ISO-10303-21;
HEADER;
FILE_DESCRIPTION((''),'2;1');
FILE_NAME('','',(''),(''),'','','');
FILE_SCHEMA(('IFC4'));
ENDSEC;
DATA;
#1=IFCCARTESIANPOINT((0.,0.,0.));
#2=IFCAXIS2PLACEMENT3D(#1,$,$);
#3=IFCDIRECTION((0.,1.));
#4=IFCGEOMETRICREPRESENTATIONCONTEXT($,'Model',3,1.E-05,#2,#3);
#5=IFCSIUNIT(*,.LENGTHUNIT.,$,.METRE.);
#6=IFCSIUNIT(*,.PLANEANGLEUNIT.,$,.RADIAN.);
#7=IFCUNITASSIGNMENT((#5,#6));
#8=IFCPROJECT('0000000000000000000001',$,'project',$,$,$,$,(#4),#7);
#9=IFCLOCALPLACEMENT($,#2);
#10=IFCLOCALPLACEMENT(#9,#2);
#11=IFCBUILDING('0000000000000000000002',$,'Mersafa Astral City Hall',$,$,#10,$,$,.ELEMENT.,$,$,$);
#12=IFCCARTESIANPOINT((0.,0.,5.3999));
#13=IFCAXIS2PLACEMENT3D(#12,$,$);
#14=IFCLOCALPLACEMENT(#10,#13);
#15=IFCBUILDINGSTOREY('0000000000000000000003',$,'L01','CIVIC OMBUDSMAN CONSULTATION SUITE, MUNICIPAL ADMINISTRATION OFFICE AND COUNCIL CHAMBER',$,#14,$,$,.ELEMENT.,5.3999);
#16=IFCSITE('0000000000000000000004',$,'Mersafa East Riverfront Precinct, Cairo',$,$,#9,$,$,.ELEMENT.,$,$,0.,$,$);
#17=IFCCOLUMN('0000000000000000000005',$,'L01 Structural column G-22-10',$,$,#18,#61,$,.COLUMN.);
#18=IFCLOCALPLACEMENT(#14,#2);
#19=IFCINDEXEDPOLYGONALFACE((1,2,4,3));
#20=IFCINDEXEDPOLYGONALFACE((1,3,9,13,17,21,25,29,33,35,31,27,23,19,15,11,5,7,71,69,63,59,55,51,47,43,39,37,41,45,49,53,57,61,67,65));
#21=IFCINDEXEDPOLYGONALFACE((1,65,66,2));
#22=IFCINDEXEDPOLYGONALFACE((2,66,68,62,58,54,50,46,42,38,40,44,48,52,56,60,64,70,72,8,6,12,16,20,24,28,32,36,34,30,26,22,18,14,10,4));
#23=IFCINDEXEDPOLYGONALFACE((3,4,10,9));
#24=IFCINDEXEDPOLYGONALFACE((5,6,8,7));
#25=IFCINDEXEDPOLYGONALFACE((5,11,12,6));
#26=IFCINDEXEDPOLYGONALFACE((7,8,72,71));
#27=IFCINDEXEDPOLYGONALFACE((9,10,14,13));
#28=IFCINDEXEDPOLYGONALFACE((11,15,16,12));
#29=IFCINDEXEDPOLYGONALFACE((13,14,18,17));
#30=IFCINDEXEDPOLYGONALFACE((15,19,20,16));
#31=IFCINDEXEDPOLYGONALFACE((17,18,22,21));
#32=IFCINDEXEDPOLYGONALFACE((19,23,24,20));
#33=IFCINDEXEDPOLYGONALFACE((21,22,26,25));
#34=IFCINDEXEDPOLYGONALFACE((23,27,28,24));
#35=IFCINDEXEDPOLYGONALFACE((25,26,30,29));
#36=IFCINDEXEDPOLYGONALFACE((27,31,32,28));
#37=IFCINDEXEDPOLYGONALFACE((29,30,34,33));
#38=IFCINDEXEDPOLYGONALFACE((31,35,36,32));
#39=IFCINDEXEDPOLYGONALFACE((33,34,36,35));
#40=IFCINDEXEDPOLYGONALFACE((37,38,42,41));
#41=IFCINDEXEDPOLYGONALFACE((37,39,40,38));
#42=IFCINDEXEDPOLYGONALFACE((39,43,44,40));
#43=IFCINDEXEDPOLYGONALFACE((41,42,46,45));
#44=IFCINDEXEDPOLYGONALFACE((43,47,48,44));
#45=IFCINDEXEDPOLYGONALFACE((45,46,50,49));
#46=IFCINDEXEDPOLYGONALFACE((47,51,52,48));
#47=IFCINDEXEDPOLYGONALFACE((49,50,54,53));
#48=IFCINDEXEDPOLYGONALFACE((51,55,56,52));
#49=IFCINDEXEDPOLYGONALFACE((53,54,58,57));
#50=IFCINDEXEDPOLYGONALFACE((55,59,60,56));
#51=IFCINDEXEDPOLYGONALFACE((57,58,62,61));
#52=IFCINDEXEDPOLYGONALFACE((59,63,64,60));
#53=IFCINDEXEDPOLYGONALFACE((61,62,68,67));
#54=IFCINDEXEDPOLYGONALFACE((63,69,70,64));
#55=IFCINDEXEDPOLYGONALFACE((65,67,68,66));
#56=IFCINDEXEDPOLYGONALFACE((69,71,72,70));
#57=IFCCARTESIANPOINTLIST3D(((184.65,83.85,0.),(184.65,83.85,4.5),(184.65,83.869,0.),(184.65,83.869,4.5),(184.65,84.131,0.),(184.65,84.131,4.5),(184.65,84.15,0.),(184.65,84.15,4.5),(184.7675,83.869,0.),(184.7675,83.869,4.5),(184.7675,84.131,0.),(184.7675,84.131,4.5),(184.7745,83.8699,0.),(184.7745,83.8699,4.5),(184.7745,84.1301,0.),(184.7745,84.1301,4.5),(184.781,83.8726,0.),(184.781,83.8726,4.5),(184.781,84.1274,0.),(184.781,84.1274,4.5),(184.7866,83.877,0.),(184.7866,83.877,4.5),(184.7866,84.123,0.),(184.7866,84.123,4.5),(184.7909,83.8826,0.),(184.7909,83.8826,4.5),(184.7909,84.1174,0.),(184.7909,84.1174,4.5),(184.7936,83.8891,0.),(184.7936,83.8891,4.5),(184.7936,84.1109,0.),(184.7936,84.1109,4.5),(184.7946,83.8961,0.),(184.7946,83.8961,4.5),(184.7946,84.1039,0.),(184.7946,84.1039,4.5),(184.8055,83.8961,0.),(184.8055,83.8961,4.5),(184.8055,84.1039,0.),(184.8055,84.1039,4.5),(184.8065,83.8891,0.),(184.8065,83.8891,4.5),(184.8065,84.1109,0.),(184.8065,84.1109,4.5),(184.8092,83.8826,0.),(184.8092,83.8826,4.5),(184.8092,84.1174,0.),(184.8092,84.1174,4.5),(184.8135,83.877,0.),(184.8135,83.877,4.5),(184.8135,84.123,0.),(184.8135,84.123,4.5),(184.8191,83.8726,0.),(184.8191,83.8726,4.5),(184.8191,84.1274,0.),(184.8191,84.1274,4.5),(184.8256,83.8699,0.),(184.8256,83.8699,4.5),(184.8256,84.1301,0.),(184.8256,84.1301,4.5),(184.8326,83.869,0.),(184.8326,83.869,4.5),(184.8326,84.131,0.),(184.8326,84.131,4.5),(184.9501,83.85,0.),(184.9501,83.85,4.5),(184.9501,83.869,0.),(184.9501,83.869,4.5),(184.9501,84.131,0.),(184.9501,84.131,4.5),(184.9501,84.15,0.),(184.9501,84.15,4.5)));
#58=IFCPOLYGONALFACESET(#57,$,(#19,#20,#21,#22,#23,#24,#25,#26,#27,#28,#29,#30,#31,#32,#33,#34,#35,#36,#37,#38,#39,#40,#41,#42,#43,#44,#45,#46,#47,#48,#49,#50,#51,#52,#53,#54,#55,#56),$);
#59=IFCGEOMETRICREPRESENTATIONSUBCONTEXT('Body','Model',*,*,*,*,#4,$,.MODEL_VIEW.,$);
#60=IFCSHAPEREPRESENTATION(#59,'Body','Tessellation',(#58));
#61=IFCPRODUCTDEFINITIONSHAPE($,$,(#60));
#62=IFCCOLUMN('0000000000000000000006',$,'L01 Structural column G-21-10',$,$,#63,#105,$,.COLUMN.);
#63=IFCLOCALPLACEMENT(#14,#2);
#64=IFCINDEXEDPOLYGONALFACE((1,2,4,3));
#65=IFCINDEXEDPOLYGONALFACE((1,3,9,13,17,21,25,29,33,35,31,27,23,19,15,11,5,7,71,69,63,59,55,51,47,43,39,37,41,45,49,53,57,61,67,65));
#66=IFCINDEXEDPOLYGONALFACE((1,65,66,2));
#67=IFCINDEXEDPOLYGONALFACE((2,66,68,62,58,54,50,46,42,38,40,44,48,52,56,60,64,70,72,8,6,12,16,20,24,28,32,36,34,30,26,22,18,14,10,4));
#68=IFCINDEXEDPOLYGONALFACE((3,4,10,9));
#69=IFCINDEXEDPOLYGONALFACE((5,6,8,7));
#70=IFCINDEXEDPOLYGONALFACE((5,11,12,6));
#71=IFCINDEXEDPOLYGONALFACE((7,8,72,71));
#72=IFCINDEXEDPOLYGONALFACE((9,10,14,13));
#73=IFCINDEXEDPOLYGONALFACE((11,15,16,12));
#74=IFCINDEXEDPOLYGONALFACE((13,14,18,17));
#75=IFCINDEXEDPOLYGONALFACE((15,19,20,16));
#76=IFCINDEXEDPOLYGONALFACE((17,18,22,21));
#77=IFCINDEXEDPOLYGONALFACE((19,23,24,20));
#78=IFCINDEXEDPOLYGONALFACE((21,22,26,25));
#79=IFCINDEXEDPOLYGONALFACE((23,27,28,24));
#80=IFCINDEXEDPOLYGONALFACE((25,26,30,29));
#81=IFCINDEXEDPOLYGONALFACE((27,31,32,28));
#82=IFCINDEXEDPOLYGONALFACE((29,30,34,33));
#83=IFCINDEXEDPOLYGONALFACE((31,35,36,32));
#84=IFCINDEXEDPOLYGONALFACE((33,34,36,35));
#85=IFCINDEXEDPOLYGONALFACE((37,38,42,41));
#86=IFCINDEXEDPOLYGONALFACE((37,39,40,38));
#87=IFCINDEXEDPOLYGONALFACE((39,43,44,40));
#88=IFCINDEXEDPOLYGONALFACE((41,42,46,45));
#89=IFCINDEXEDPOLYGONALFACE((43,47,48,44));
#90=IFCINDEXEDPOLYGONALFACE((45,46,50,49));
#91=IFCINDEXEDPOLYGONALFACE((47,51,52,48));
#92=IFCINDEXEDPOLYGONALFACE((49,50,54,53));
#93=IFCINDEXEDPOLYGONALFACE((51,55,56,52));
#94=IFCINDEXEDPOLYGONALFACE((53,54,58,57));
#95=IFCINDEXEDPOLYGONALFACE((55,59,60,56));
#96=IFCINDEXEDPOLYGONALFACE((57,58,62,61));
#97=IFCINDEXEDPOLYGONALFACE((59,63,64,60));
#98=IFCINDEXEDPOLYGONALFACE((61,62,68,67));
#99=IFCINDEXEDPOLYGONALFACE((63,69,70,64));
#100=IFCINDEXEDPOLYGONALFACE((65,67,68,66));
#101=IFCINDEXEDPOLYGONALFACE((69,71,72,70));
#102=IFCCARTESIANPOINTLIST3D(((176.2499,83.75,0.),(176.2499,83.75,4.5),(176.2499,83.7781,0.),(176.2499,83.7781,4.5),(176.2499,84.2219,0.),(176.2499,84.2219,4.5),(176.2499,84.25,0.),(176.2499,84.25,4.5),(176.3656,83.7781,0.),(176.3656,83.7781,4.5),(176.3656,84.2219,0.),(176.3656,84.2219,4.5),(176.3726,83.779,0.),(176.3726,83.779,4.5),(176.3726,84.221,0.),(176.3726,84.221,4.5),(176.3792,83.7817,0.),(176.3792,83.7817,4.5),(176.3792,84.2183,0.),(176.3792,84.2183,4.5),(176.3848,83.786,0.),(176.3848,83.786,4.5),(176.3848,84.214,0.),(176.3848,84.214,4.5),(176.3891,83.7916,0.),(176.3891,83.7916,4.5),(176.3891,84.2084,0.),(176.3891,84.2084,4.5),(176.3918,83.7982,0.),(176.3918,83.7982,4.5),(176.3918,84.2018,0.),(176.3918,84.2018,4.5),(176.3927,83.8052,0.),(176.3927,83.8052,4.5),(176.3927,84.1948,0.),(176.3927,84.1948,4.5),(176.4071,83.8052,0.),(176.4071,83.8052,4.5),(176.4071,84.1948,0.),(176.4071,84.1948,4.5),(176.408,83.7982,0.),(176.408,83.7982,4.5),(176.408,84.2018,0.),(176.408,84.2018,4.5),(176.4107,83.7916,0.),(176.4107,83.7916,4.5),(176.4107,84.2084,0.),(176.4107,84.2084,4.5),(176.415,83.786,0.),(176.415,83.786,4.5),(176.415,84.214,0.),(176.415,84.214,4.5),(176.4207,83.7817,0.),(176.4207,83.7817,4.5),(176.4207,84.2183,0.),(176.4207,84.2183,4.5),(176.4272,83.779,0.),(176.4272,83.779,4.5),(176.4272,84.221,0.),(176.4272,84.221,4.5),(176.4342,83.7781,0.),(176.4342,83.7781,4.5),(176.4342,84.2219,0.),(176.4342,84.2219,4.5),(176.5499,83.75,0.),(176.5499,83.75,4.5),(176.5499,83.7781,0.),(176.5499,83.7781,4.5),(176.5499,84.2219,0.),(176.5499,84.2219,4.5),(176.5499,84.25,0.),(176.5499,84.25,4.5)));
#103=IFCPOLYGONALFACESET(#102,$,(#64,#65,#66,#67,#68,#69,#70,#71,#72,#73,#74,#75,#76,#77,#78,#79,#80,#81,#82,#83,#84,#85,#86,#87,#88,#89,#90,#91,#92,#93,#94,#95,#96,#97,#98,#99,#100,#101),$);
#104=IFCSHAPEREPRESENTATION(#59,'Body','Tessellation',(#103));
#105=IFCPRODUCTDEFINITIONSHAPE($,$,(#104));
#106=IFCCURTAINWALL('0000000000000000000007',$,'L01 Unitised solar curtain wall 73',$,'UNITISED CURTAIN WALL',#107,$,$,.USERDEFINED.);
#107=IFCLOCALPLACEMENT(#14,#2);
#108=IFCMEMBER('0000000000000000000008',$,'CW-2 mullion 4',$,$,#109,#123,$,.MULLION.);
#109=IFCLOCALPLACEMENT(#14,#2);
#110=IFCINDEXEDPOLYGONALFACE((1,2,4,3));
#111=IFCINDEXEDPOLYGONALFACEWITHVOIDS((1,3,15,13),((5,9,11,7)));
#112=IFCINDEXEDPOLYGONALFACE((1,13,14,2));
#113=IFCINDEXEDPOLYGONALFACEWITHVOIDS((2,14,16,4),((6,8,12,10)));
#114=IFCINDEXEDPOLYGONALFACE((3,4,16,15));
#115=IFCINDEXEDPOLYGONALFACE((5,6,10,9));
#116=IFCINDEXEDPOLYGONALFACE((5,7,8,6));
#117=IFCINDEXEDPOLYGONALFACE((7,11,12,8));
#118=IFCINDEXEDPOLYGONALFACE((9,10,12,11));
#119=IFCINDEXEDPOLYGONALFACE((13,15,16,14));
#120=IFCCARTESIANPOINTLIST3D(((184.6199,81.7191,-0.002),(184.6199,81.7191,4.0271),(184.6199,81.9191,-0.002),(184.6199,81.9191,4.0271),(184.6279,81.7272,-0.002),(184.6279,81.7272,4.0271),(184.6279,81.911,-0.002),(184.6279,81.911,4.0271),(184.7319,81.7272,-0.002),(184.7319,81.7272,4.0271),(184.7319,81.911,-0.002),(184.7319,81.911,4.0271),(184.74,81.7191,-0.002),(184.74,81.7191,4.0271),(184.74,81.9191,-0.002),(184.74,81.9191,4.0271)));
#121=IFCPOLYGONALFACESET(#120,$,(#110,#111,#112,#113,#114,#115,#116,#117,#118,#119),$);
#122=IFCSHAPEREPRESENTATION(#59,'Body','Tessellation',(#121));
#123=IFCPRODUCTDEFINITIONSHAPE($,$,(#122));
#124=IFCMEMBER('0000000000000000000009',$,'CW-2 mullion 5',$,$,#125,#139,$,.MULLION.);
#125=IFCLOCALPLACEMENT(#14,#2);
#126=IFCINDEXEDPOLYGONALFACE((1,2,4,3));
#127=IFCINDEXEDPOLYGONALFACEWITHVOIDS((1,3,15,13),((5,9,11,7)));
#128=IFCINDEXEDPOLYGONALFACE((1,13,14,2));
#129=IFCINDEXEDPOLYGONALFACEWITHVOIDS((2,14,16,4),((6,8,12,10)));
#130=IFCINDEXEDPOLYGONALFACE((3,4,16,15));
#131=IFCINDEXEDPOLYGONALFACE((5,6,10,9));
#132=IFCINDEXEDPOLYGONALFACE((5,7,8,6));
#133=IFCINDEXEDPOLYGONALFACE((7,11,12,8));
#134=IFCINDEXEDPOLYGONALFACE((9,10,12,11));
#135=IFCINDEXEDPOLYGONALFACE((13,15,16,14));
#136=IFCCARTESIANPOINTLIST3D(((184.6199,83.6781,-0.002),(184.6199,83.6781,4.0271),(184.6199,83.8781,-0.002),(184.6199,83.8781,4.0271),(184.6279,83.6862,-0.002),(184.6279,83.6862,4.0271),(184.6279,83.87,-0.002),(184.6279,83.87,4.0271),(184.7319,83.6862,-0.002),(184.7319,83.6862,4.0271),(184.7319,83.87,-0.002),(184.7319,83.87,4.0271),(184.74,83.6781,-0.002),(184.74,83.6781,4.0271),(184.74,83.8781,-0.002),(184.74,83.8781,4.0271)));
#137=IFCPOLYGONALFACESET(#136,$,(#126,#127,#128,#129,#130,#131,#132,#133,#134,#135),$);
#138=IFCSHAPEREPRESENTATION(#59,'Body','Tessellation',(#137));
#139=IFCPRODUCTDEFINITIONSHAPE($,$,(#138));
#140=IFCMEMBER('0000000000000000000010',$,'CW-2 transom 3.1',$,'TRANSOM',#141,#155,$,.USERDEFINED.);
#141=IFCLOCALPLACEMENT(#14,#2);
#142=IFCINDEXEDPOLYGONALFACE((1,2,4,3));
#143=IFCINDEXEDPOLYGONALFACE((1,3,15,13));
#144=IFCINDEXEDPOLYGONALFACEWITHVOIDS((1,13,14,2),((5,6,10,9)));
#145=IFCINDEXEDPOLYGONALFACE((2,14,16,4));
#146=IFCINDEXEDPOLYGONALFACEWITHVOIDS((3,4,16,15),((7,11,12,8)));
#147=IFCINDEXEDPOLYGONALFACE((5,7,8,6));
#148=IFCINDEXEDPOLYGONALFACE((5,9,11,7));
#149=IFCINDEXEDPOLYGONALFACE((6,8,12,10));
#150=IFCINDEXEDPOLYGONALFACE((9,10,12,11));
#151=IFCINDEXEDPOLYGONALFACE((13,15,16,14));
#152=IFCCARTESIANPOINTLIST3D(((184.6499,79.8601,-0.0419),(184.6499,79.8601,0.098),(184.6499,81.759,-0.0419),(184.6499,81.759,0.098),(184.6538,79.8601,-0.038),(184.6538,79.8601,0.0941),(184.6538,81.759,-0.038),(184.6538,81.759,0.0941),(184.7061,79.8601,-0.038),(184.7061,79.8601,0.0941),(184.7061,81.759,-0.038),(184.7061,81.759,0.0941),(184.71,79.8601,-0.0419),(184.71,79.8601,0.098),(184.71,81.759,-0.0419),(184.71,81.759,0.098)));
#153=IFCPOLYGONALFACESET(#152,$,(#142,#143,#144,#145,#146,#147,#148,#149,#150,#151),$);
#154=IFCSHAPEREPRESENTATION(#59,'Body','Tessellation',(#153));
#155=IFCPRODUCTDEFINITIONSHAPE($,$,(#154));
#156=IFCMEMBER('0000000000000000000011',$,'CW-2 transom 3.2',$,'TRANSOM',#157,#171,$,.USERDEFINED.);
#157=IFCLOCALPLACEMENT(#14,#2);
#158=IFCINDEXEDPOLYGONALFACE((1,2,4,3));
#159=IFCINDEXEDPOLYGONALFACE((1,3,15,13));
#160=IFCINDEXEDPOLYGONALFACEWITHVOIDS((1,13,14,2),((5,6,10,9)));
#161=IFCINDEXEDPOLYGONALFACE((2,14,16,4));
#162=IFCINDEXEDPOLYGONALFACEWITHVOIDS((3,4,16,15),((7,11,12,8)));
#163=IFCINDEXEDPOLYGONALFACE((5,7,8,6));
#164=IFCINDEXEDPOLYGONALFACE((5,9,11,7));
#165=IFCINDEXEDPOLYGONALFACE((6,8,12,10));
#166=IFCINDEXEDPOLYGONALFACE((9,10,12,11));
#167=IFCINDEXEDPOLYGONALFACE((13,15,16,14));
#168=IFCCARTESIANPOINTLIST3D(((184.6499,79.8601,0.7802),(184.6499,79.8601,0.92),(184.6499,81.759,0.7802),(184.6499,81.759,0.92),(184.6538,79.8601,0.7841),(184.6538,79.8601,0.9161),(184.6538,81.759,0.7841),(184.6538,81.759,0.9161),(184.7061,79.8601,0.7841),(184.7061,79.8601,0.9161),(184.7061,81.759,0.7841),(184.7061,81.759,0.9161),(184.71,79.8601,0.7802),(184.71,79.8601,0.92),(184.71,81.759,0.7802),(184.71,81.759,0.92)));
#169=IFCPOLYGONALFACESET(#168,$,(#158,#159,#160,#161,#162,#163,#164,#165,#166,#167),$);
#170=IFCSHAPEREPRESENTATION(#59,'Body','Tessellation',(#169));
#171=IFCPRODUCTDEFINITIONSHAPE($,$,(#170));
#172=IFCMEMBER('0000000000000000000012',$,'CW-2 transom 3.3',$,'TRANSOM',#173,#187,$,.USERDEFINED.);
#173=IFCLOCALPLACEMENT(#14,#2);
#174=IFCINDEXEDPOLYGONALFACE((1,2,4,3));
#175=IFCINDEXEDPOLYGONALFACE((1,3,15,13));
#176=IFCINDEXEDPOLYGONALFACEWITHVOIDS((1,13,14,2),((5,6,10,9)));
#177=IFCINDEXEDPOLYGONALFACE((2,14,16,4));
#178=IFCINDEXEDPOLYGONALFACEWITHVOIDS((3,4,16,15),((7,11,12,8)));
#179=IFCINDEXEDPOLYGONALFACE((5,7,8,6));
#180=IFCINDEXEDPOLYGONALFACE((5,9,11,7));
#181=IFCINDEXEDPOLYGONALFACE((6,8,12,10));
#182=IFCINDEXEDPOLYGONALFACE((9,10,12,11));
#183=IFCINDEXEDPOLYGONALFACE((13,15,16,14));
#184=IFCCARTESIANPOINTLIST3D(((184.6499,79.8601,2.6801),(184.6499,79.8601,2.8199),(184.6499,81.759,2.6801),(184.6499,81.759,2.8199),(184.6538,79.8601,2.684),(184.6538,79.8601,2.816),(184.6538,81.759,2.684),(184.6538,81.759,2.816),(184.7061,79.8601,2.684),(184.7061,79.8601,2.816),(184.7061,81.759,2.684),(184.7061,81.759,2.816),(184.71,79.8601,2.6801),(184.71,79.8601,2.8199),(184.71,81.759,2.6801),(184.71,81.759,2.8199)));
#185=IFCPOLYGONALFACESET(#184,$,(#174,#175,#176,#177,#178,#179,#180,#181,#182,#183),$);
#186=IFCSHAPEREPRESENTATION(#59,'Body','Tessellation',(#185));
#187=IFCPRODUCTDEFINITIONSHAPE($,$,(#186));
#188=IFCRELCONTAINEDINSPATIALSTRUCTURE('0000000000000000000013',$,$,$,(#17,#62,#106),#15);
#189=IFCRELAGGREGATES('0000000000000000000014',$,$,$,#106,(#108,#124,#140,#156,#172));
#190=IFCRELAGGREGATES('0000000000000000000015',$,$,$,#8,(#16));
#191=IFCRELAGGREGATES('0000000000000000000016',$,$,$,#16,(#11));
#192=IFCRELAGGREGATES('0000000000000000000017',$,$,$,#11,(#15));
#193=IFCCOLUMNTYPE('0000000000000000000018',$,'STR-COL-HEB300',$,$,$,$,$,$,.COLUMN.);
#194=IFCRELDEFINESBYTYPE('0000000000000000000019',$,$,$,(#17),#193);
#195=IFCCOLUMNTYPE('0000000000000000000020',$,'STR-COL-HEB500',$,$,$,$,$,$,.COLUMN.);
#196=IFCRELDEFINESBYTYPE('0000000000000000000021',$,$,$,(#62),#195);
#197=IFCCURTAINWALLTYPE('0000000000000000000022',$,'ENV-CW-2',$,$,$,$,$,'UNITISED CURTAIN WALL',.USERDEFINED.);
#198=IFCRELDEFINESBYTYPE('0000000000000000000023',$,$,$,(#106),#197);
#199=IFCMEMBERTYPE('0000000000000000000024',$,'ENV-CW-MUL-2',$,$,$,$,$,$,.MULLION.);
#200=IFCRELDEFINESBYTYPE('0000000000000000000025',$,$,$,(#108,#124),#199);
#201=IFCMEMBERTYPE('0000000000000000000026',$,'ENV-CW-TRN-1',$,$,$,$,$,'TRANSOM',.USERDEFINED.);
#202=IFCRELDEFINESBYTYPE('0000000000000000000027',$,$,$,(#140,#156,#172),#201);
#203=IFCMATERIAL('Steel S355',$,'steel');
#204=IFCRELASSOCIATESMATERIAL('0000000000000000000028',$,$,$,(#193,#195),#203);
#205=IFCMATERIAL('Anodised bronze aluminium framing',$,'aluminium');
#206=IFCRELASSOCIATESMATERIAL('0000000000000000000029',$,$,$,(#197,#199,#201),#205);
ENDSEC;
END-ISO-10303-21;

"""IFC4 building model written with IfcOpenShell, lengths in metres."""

from ifc_helpers import new_model, si_unit, direction, frame, origin, origin_2d, place, context, subcontext, project, spatial, hollow_rectangle, i_section, extrude, material, material_profile, profile_set, type_object, element, aggregate, save


model = new_model("IFC4")

# Units and contexts
model_context = context("Model", 3, precision=1e-05, world=origin(), true_north=direction((0.0, 1.0)))
body_context = subcontext(model_context, "Body", "Model", "MODEL_VIEW")
ifc_project = project(units=[si_unit("LENGTHUNIT", "METRE"), si_unit("PLANEANGLEUNIT", "RADIAN")], contexts=[model_context])

# Site, building, storey
site_placement = place(None, origin())
site = spatial("IfcSite", under=ifc_project, at=site_placement, Name="Mersafa East Riverfront Precinct, Cairo", CompositionType="ELEMENT", RefElevation=0.0)
building_placement = place(site_placement, origin())
building = spatial("IfcBuilding", under=site, at=building_placement, Name="Mersafa Astral City Hall", CompositionType="ELEMENT")
storey_placement = place(building_placement, frame((0.0, 0.0, 5.3999)))
storey = spatial("IfcBuildingStorey", under=building, at=storey_placement, Name="L01", Description="CIVIC OMBUDSMAN CONSULTATION SUITE, MUNICIPAL ADMINISTRATION OFFICE AND COUNCIL CHAMBER", CompositionType="ELEMENT", Elevation=5.3999)

# Columns
ifc_material_1 = material(Name="Steel S355", Category="steel")
ifc_material_profile_1 = material_profile(ifc_material_1, i_section(OverallWidth=0.3, OverallDepth=0.3, WebThickness=0.011, FlangeThickness=0.019, FilletRadius=0.0271, at=origin_2d()), Name="HEB 300")
ifc_profile_set_1 = profile_set([ifc_material_profile_1], Name="Steel S355")
column_type_1 = type_object("IfcColumnType", Name="STR-COL-HEB300", PredefinedType="COLUMN", material=ifc_profile_set_1)
column_1_placement = place(storey_placement, frame((184.8, 84.0, 0.0), z_axis=(0.0, 0.0, 1.0), x_axis=(1.0, 0.0, 0.0)))
element("IfcColumn", 1, at=column_1_placement, inside=storey, type_object=column_type_1, Name="L01 Structural column G-22-10", PredefinedType="COLUMN", context=body_context, shape_type="SweptSolid", body=[
    extrude(i_section(OverallWidth=0.3, OverallDepth=0.3, WebThickness=0.011, FlangeThickness=0.019, FilletRadius=0.0271, at=origin_2d()), origin(), (0.0, 0.0, 1.0), 4.5),
])
ifc_material_profile_2 = material_profile(ifc_material_1, i_section(OverallWidth=0.3, OverallDepth=0.5, WebThickness=0.0144, FlangeThickness=0.0281, FilletRadius=0.0271, at=origin_2d()), Name="HEB 500")
ifc_profile_set_2 = profile_set([ifc_material_profile_2], Name="Steel S355")
column_type_2 = type_object("IfcColumnType", Name="STR-COL-HEB500", PredefinedType="COLUMN", material=ifc_profile_set_2)
column_2_placement = place(storey_placement, frame((176.3999, 84.0, 0.0), z_axis=(0.0, 0.0, 1.0), x_axis=(1.0, 0.0, 0.0)))
element("IfcColumn", 2, at=column_2_placement, inside=storey, type_object=column_type_2, Name="L01 Structural column G-21-10", PredefinedType="COLUMN", context=body_context, shape_type="SweptSolid", body=[
    extrude(i_section(OverallWidth=0.3, OverallDepth=0.5, WebThickness=0.0144, FlangeThickness=0.0281, FilletRadius=0.0271, at=origin_2d()), origin(), (0.0, 0.0, 1.0), 4.5),
])

# Curtain wall, members
ifc_material_2 = material(Name="Anodised bronze aluminium framing", Category="aluminium")
curtain_wall_type = type_object("IfcCurtainWallType", Name="ENV-CW-2", ElementType="UNITISED CURTAIN WALL", PredefinedType="USERDEFINED", material=ifc_material_2)
curtain_wall_placement = place(storey_placement, origin())
curtain_wall = element("IfcCurtainWall", 3, at=curtain_wall_placement, inside=storey, type_object=curtain_wall_type, Name="L01 Unitised solar curtain wall 73", ObjectType="UNITISED CURTAIN WALL", PredefinedType="USERDEFINED")
ifc_material_profile_3 = material_profile(ifc_material_2, hollow_rectangle(XDim=0.1201, YDim=0.2, WallThickness=0.0081, at=origin_2d()), Name="RHS 120x200x8")
ifc_profile_set_3 = profile_set([ifc_material_profile_3], Name="Anodised bronze aluminium framing")
member_type_1 = type_object("IfcMemberType", Name="ENV-CW-MUL-2", PredefinedType="MULLION", material=ifc_profile_set_3)
member_1_placement = place(storey_placement, frame((184.6799, 81.8191, -0.002), z_axis=(0.0, 0.0, 1.0), x_axis=(-1.0, 0.0, 0.0)))
member_1 = element("IfcMember", 4, at=member_1_placement, type_object=member_type_1, Name="CW-2 mullion 4", PredefinedType="MULLION", context=body_context, shape_type="SweptSolid", body=[
    extrude(hollow_rectangle(XDim=0.1201, YDim=0.2, WallThickness=0.0081, at=origin_2d()), origin(), (0.0, 0.0, 1.0), 4.0291),
])
member_2_placement = place(storey_placement, frame((184.6799, 83.7781, -0.002), z_axis=(0.0, 0.0, 1.0), x_axis=(-1.0, 0.0, 0.0)))
member_2 = element("IfcMember", 5, at=member_2_placement, type_object=member_type_1, Name="CW-2 mullion 5", PredefinedType="MULLION", context=body_context, shape_type="SweptSolid", body=[
    extrude(hollow_rectangle(XDim=0.1201, YDim=0.2, WallThickness=0.0081, at=origin_2d()), origin(), (0.0, 0.0, 1.0), 4.0291),
])
ifc_material_profile_4 = material_profile(ifc_material_2, hollow_rectangle(XDim=0.0601, YDim=0.1399, WallThickness=0.0039, at=origin_2d()), Name="RHS 60x140x4")
ifc_profile_set_4 = profile_set([ifc_material_profile_4], Name="Anodised bronze aluminium framing")
member_type_2 = type_object("IfcMemberType", Name="ENV-CW-TRN-1", ElementType="TRANSOM", PredefinedType="USERDEFINED", material=ifc_profile_set_4)
member_3_placement = place(storey_placement, frame((184.6799, 79.8601, 0.0281), z_axis=(0.0, 1.0, 0.0), x_axis=(-1.0, 0.0, 0.0)))
member_3 = element("IfcMember", 6, at=member_3_placement, type_object=member_type_2, Name="CW-2 transom 3.1", ObjectType="TRANSOM", PredefinedType="USERDEFINED", context=body_context, shape_type="SweptSolid", body=[
    extrude(hollow_rectangle(XDim=0.0601, YDim=0.1399, WallThickness=0.0039, at=origin_2d()), origin(), (0.0, 0.0, 1.0), 1.8989),
])
member_4_placement = place(storey_placement, frame((184.6799, 79.8601, 0.8501), z_axis=(0.0, 1.0, 0.0), x_axis=(-1.0, 0.0, 0.0)))
member_4 = element("IfcMember", 7, at=member_4_placement, type_object=member_type_2, Name="CW-2 transom 3.2", ObjectType="TRANSOM", PredefinedType="USERDEFINED", context=body_context, shape_type="SweptSolid", body=[
    extrude(hollow_rectangle(XDim=0.0601, YDim=0.1399, WallThickness=0.0039, at=origin_2d()), origin(), (0.0, 0.0, 1.0), 1.8989),
])
member_5_placement = place(storey_placement, frame((184.6799, 79.8601, 2.75), z_axis=(0.0, 1.0, 0.0), x_axis=(-1.0, 0.0, 0.0)))
member_5 = element("IfcMember", 8, at=member_5_placement, type_object=member_type_2, Name="CW-2 transom 3.3", ObjectType="TRANSOM", PredefinedType="USERDEFINED", context=body_context, shape_type="SweptSolid", body=[
    extrude(hollow_rectangle(XDim=0.0601, YDim=0.1399, WallThickness=0.0039, at=origin_2d()), origin(), (0.0, 0.0, 1.0), 1.8989),
])

aggregate(curtain_wall, [member_1, member_2, member_3, member_4, member_5])

save(model, "model.ifc")
